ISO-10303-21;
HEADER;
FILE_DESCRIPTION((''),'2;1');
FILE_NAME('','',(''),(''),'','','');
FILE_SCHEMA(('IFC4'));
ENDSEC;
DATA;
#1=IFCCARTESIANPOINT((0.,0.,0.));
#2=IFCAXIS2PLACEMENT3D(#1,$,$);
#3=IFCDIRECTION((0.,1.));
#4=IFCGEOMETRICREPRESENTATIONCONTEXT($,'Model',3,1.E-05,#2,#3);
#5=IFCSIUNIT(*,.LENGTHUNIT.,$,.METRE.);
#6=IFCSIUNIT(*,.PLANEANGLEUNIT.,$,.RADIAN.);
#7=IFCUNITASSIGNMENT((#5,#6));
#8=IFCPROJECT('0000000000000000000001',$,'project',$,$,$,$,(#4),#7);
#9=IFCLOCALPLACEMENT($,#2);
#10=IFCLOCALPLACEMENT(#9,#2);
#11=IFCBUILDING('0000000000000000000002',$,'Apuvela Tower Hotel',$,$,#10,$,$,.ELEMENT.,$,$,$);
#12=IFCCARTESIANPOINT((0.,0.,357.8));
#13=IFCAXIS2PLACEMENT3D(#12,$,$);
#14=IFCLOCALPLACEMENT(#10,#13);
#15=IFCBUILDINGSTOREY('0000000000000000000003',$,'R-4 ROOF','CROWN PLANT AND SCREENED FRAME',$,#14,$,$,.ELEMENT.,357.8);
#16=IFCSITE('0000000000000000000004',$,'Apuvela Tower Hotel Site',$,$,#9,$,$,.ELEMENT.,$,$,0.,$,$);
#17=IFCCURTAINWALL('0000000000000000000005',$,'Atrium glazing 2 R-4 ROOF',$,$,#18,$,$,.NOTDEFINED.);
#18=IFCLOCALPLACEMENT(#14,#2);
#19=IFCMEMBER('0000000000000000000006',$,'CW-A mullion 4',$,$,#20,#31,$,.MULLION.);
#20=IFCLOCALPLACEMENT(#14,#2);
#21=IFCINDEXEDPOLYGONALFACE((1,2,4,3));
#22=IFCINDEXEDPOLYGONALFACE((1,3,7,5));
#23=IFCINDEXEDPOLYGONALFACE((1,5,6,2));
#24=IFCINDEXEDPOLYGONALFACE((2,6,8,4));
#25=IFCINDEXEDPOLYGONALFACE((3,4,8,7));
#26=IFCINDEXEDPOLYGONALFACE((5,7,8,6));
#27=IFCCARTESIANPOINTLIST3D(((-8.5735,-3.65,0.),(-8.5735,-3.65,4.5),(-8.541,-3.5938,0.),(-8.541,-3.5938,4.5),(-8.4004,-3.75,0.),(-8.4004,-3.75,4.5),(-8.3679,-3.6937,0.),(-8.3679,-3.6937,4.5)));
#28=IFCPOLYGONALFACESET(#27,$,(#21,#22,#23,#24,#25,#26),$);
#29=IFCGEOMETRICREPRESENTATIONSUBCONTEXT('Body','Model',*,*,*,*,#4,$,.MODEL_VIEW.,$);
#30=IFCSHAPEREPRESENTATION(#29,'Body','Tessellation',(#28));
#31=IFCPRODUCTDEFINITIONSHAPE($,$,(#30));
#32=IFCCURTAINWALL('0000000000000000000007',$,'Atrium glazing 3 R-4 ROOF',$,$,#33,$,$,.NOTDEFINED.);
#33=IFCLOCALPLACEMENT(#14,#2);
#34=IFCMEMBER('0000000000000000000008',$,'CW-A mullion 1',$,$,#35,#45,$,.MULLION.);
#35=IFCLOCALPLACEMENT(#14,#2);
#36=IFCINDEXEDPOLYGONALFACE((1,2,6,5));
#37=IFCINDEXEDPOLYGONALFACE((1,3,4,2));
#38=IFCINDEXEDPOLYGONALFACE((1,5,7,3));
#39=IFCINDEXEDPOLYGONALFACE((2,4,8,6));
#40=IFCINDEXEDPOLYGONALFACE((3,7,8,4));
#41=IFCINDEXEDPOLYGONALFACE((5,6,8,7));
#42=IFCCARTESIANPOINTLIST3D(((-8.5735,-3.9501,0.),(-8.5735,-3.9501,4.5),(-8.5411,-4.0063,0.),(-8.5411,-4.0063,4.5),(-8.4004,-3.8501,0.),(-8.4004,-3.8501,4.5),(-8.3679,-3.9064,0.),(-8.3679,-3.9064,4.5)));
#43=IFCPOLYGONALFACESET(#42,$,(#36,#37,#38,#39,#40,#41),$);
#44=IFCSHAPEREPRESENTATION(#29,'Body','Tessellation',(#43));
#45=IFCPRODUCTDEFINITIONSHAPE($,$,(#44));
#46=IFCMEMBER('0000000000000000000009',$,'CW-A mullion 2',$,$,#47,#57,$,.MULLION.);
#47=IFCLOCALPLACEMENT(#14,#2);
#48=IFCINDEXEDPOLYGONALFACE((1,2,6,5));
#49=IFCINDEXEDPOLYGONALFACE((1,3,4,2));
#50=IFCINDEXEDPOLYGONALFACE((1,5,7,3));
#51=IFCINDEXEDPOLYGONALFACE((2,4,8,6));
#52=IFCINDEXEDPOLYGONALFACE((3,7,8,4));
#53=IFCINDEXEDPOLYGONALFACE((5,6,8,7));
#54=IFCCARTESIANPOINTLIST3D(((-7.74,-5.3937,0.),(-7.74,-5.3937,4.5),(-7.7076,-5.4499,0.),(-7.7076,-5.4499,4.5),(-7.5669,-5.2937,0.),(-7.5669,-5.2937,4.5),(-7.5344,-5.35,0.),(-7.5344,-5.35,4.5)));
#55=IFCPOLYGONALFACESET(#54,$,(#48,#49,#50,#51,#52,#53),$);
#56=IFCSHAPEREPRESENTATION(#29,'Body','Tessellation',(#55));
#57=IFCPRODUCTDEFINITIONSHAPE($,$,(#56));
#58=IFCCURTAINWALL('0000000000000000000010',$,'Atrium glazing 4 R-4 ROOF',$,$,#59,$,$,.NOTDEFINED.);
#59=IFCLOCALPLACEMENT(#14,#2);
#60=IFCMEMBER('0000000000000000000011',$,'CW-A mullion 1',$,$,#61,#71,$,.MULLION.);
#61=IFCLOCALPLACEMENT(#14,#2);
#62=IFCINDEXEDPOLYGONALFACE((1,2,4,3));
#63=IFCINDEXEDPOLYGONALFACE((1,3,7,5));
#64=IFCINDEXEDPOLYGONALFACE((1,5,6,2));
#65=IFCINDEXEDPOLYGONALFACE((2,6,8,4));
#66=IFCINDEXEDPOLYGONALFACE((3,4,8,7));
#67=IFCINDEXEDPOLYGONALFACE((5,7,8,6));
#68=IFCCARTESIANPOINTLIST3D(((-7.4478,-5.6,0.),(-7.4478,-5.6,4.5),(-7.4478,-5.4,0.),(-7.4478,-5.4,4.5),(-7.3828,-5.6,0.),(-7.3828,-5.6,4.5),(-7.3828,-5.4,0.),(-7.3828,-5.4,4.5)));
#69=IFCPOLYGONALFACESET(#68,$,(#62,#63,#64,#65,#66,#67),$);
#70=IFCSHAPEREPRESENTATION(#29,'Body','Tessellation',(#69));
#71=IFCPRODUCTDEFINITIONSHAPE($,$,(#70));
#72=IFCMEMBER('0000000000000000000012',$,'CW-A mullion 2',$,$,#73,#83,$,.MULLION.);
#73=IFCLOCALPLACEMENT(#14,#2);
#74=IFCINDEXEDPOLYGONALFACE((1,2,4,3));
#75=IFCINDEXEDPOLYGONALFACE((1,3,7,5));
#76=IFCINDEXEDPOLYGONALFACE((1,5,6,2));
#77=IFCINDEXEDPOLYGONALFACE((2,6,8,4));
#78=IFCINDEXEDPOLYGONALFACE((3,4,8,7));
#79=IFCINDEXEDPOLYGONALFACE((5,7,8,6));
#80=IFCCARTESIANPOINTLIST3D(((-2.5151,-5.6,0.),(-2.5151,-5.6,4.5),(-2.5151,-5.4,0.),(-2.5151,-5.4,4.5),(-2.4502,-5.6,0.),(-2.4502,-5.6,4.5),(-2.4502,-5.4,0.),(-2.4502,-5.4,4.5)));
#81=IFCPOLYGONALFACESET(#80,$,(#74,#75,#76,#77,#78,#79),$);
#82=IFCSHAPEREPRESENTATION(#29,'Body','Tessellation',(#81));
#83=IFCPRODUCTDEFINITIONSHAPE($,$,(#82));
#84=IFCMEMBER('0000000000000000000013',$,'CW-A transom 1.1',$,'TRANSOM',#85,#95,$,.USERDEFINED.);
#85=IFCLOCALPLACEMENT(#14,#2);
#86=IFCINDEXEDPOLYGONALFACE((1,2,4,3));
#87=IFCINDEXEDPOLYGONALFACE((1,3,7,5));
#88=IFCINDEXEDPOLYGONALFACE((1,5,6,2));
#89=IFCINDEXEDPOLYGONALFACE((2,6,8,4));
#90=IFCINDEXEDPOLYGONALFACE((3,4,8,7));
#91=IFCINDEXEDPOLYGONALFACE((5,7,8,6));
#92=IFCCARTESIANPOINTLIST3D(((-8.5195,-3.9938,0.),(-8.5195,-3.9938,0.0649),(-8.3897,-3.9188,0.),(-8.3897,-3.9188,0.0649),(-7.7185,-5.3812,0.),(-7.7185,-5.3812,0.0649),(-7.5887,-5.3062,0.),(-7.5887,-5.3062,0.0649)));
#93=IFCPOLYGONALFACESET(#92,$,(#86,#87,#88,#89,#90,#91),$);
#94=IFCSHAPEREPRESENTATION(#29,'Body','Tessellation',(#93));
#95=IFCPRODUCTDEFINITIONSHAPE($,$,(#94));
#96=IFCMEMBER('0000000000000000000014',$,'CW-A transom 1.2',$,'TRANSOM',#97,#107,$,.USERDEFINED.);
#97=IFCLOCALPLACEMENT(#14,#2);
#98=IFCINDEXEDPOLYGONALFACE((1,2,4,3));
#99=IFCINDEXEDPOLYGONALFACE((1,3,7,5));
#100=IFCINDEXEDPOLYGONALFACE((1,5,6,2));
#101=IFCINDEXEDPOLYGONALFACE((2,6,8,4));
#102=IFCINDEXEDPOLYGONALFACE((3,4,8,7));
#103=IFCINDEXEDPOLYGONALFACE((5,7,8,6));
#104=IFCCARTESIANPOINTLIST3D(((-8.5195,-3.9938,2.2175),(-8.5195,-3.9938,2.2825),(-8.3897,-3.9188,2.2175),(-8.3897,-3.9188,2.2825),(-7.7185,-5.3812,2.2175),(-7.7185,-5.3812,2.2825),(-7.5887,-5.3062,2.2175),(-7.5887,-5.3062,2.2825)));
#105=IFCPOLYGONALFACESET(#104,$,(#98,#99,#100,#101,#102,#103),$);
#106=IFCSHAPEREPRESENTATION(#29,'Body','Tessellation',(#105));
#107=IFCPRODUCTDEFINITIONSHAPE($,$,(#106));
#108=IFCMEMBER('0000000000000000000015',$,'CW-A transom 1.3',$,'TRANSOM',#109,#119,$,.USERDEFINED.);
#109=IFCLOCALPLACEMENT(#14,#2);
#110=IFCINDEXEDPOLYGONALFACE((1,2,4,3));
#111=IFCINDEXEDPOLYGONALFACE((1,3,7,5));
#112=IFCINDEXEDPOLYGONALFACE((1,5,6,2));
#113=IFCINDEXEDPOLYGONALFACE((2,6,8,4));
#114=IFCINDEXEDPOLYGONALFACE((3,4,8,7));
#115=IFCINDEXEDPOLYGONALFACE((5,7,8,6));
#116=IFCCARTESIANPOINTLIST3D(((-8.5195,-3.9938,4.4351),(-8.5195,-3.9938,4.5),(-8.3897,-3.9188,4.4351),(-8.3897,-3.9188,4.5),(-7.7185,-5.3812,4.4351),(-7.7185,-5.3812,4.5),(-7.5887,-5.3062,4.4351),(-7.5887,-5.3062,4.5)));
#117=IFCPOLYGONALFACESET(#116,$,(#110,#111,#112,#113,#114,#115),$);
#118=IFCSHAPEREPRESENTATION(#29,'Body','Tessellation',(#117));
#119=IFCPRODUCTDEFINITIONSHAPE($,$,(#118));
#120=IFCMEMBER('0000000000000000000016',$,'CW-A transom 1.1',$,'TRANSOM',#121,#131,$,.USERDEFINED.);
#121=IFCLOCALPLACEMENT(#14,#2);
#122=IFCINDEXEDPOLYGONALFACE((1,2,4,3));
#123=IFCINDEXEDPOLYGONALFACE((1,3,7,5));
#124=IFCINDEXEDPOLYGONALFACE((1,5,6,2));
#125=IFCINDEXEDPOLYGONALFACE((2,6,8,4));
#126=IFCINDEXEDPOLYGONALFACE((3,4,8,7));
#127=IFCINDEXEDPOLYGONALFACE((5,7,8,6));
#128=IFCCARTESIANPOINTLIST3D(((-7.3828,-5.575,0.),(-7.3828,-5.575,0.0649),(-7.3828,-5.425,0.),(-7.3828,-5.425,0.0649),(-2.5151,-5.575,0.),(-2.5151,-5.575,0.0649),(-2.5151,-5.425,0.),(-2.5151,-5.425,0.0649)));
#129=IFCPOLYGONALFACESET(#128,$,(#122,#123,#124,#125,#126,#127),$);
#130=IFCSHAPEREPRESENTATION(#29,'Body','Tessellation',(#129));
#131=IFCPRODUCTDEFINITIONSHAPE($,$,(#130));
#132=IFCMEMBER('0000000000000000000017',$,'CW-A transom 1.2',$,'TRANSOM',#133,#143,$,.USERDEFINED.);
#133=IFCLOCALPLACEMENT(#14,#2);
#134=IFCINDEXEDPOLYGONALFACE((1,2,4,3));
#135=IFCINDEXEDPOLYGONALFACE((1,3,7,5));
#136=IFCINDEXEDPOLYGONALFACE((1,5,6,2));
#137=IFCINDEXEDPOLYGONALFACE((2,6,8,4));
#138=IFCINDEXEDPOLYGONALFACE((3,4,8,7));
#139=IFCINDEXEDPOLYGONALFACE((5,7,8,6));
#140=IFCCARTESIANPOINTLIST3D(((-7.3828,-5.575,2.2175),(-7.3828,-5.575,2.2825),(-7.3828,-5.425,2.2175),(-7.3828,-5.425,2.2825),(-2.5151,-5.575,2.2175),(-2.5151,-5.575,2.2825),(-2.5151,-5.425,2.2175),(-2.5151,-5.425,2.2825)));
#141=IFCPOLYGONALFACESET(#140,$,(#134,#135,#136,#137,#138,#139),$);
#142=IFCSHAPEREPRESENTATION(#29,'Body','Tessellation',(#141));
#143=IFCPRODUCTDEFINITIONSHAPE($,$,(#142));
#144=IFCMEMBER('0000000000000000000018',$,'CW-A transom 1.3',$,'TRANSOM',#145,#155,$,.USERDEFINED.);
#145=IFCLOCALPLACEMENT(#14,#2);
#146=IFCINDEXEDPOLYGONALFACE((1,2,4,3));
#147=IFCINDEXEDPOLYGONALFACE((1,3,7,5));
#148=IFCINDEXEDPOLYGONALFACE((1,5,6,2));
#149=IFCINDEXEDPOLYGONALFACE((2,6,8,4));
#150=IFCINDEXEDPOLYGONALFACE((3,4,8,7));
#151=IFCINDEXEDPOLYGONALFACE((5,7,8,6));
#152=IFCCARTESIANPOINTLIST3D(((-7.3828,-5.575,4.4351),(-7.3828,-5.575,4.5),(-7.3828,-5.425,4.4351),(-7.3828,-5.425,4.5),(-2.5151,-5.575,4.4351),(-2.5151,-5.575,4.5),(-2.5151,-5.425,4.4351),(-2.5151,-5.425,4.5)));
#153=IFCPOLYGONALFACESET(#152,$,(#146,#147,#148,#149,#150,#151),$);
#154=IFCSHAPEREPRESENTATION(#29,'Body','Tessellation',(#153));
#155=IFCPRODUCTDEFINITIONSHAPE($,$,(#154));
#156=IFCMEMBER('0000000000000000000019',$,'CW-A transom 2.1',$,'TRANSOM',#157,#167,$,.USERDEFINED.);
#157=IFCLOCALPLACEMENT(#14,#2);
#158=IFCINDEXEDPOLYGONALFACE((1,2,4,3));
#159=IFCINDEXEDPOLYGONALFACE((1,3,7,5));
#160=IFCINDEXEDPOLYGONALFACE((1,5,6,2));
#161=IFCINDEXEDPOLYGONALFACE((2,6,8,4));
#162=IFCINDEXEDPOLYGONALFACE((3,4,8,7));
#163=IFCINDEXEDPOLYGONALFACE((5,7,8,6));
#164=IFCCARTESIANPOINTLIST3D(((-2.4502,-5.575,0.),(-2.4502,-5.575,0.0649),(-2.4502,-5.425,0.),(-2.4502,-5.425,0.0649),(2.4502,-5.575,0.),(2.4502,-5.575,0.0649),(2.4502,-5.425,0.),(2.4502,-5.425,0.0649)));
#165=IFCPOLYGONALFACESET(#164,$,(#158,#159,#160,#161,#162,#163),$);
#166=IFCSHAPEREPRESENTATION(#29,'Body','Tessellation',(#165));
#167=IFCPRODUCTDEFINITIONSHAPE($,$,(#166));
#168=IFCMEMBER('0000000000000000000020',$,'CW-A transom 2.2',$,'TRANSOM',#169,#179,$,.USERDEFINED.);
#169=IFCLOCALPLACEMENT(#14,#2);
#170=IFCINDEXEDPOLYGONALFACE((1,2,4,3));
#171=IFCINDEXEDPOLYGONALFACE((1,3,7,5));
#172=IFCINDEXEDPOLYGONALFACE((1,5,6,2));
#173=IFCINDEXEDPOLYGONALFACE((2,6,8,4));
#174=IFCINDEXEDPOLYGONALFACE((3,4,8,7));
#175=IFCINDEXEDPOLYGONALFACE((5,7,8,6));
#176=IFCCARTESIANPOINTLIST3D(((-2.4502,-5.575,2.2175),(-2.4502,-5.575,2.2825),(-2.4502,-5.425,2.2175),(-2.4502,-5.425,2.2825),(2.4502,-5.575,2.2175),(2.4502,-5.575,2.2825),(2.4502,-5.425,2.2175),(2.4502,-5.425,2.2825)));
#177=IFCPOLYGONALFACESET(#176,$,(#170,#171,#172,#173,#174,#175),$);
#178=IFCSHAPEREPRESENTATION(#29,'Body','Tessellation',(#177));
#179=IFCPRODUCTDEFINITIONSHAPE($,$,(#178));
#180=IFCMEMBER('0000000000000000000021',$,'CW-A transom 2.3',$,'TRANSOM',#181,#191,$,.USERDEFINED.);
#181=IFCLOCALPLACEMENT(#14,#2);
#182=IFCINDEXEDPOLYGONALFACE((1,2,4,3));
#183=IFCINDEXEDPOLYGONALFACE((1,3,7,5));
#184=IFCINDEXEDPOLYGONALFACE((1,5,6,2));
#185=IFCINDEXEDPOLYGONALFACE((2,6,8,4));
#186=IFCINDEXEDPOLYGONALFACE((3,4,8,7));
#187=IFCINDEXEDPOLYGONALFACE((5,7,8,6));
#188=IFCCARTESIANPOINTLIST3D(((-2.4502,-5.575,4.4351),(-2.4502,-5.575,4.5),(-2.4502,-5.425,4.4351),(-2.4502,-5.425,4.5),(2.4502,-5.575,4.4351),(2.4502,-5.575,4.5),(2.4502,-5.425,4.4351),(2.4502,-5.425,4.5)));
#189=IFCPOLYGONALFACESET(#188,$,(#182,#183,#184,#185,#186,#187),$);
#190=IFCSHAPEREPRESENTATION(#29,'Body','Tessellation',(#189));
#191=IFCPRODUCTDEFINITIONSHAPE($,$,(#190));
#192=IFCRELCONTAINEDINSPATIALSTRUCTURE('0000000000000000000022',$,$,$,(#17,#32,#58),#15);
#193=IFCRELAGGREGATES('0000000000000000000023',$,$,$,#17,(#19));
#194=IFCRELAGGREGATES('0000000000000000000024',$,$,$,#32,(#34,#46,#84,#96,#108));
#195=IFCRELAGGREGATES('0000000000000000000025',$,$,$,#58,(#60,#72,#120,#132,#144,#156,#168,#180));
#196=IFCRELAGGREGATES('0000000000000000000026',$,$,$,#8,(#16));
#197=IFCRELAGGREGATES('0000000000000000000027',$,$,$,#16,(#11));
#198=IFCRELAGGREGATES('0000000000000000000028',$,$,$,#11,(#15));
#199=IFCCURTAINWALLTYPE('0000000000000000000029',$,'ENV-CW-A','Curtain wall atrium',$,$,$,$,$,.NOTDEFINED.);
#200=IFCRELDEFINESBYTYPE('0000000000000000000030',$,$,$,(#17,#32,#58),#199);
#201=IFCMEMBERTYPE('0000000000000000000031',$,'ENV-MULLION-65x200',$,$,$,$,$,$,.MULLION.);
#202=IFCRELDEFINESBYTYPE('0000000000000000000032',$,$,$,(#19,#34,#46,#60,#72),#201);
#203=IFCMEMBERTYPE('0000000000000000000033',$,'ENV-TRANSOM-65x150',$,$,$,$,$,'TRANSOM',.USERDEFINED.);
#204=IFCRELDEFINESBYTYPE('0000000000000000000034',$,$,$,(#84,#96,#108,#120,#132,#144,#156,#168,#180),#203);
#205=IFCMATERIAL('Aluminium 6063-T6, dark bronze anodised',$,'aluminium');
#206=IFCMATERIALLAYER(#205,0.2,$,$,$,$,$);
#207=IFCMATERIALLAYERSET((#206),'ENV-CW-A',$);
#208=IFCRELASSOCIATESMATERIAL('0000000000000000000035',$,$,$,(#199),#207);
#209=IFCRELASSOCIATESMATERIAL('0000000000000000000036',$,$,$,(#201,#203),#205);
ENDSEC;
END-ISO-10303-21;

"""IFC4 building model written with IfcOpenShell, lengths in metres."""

from ifc_helpers import new_model, si_unit, direction, frame, origin, origin_2d, place, context, subcontext, project, spatial, rectangle, extrude, material, layer, layer_set, material_profile, profile_set, type_object, element, aggregate, save


model = new_model("IFC4")

# Units and contexts
model_context = context("Model", 3, precision=1e-05, world=origin(), true_north=direction((0.0, 1.0)))
body_context = subcontext(model_context, "Body", "Model", "MODEL_VIEW")
ifc_project = project(units=[si_unit("LENGTHUNIT", "METRE"), si_unit("PLANEANGLEUNIT", "RADIAN")], contexts=[model_context])

# Site, building, storey
site_placement = place(None, origin())
site = spatial("IfcSite", under=ifc_project, at=site_placement, Name="Apuvela Tower Hotel Site", CompositionType="ELEMENT", RefElevation=0.0)
building_placement = place(site_placement, origin())
building = spatial("IfcBuilding", under=site, at=building_placement, Name="Apuvela Tower Hotel", CompositionType="ELEMENT")
storey_placement = place(building_placement, frame((0.0, 0.0, 357.8)))
storey = spatial("IfcBuildingStorey", under=building, at=storey_placement, Name="R-4 ROOF", Description="CROWN PLANT AND SCREENED FRAME", CompositionType="ELEMENT", Elevation=357.8)

# Curtain wall, member
ifc_material_1 = material(Name="Aluminium 6063-T6, dark bronze anodised", Category="aluminium")
ifc_layer_1 = layer(ifc_material_1, 0.2)
ifc_layer_set_1 = layer_set([ifc_layer_1], Name="ENV-CW-A")
curtain_wall_type = type_object("IfcCurtainWallType", Name="ENV-CW-A", Description="Curtain wall atrium", PredefinedType="NOTDEFINED", material=ifc_layer_set_1)
curtain_wall_1_placement = place(storey_placement, origin())
curtain_wall_1 = element("IfcCurtainWall", 1, at=curtain_wall_1_placement, inside=storey, type_object=curtain_wall_type, Name="Atrium glazing 2 R-4 ROOF", PredefinedType="NOTDEFINED")
ifc_material_profile_1 = material_profile(ifc_material_1, rectangle(XDim=0.2, YDim=0.0649, at=origin_2d()), Name="AL 65x200")
ifc_profile_set_1 = profile_set([ifc_material_profile_1], Name="Aluminium 6063-T6, dark bronze anodised")
member_type_1 = type_object("IfcMemberType", Name="ENV-MULLION-65x200", PredefinedType="MULLION", material=ifc_profile_set_1)
member_1_placement = place(storey_placement, frame((-8.4707, -3.6719, 0.0), z_axis=(0.0, 0.0, 1.0), x_axis=(0.866026, -0.499999, 0.0)))
member_1 = element("IfcMember", 2, at=member_1_placement, type_object=member_type_1, Name="CW-A mullion 4", PredefinedType="MULLION", context=body_context, shape_type="SweptSolid", body=[
    extrude(rectangle(XDim=0.2, YDim=0.0649, at=origin_2d()), origin(), (0.0, 0.0, 1.0), 4.5),
])

# Curtain walls, members
curtain_wall_2_placement = place(storey_placement, origin())
curtain_wall_2 = element("IfcCurtainWall", 3, at=curtain_wall_2_placement, inside=storey, type_object=curtain_wall_type, Name="Atrium glazing 3 R-4 ROOF", PredefinedType="NOTDEFINED")
member_2_placement = place(storey_placement, frame((-8.4707, -3.9282, 0.0), z_axis=(0.0, 0.0, 1.0), x_axis=(0.866032, 0.499989, 0.0)))
member_2 = element("IfcMember", 4, at=member_2_placement, type_object=member_type_1, Name="CW-A mullion 1", PredefinedType="MULLION", context=body_context, shape_type="SweptSolid", body=[
    extrude(rectangle(XDim=0.2, YDim=0.0649, at=origin_2d()), origin(), (0.0, 0.0, 1.0), 4.5),
])
member_3_placement = place(storey_placement, frame((-7.6372, -5.3718, 0.0), z_axis=(0.0, 0.0, 1.0), x_axis=(0.866032, 0.499989, 0.0)))
member_3 = element("IfcMember", 5, at=member_3_placement, type_object=member_type_1, Name="CW-A mullion 2", PredefinedType="MULLION", context=body_context, shape_type="SweptSolid", body=[
    extrude(rectangle(XDim=0.2, YDim=0.0649, at=origin_2d()), origin(), (0.0, 0.0, 1.0), 4.5),
])
curtain_wall_3_placement = place(storey_placement, origin())
curtain_wall_3 = element("IfcCurtainWall", 6, at=curtain_wall_3_placement, inside=storey, type_object=curtain_wall_type, Name="Atrium glazing 4 R-4 ROOF", PredefinedType="NOTDEFINED")
member_4_placement = place(storey_placement, frame((-7.4153, -5.5, 0.0), z_axis=(0.0, 0.0, 1.0), x_axis=(0.0, 1.0, 0.0)))
member_4 = element("IfcMember", 7, at=member_4_placement, type_object=member_type_1, Name="CW-A mullion 1", PredefinedType="MULLION", context=body_context, shape_type="SweptSolid", body=[
    extrude(rectangle(XDim=0.2, YDim=0.0649, at=origin_2d()), origin(), (0.0, 0.0, 1.0), 4.5),
])
member_5_placement = place(storey_placement, frame((-2.4827, -5.5, 0.0), z_axis=(0.0, 0.0, 1.0), x_axis=(0.0, 1.0, 0.0)))
member_5 = element("IfcMember", 8, at=member_5_placement, type_object=member_type_1, Name="CW-A mullion 2", PredefinedType="MULLION", context=body_context, shape_type="SweptSolid", body=[
    extrude(rectangle(XDim=0.2, YDim=0.0649, at=origin_2d()), origin(), (0.0, 0.0, 1.0), 4.5),
])

# Members
ifc_material_profile_2 = material_profile(ifc_material_1, rectangle(XDim=0.1499, YDim=0.0649, at=origin_2d()), Name="AL 65x150 transom")
ifc_profile_set_2 = profile_set([ifc_material_profile_2], Name="Aluminium 6063-T6, dark bronze anodised")
member_type_2 = type_object("IfcMemberType", Name="ENV-TRANSOM-65x150", ElementType="TRANSOM", PredefinedType="USERDEFINED", material=ifc_profile_set_2)
member_6_placement = place(storey_placement, frame((-8.4546, -3.9563, 0.0325), z_axis=(0.499991, -0.866031, 0.0), x_axis=(0.866031, 0.499991, 0.0)))
member_6 = element("IfcMember", 9, at=member_6_placement, type_object=member_type_2, Name="CW-A transom 1.1", ObjectType="TRANSOM", PredefinedType="USERDEFINED", context=body_context, shape_type="SweptSolid", body=[
    extrude(rectangle(XDim=0.1499, YDim=0.0649, at=origin_2d()), origin(), (0.0, 0.0, 1.0), 1.6021),
])
member_7_placement = place(storey_placement, frame((-8.4546, -3.9563, 2.25), z_axis=(0.499991, -0.866031, 0.0), x_axis=(0.866031, 0.499991, 0.0)))
member_7 = element("IfcMember", 10, at=member_7_placement, type_object=member_type_2, Name="CW-A transom 1.2", ObjectType="TRANSOM", PredefinedType="USERDEFINED", context=body_context, shape_type="SweptSolid", body=[
    extrude(rectangle(XDim=0.1499, YDim=0.0649, at=origin_2d()), origin(), (0.0, 0.0, 1.0), 1.6021),
])
member_8_placement = place(storey_placement, frame((-8.4546, -3.9563, 4.4675), z_axis=(0.499991, -0.866031, 0.0), x_axis=(0.866031, 0.499991, 0.0)))
member_8 = element("IfcMember", 11, at=member_8_placement, type_object=member_type_2, Name="CW-A transom 1.3", ObjectType="TRANSOM", PredefinedType="USERDEFINED", context=body_context, shape_type="SweptSolid", body=[
    extrude(rectangle(XDim=0.1499, YDim=0.0649, at=origin_2d()), origin(), (0.0, 0.0, 1.0), 1.6021),
])
member_9_placement = place(storey_placement, frame((-7.3828, -5.5, 0.0325), z_axis=(1.0, 0.0, 0.0), x_axis=(0.0, 1.0, 0.0)))
member_9 = element("IfcMember", 12, at=member_9_placement, type_object=member_type_2, Name="CW-A transom 1.1", ObjectType="TRANSOM", PredefinedType="USERDEFINED", context=body_context, shape_type="SweptSolid", body=[
    extrude(rectangle(XDim=0.1499, YDim=0.0649, at=origin_2d()), origin(), (0.0, 0.0, 1.0), 4.8677),
])
member_10_placement = place(storey_placement, frame((-7.3828, -5.5, 2.25), z_axis=(1.0, 0.0, 0.0), x_axis=(0.0, 1.0, 0.0)))
member_10 = element("IfcMember", 13, at=member_10_placement, type_object=member_type_2, Name="CW-A transom 1.2", ObjectType="TRANSOM", PredefinedType="USERDEFINED", context=body_context, shape_type="SweptSolid", body=[
    extrude(rectangle(XDim=0.1499, YDim=0.0649, at=origin_2d()), origin(), (0.0, 0.0, 1.0), 4.8677),
])
member_11_placement = place(storey_placement, frame((-7.3828, -5.5, 4.4675), z_axis=(1.0, 0.0, 0.0), x_axis=(0.0, 1.0, 0.0)))
member_11 = element("IfcMember", 14, at=member_11_placement, type_object=member_type_2, Name="CW-A transom 1.3", ObjectType="TRANSOM", PredefinedType="USERDEFINED", context=body_context, shape_type="SweptSolid", body=[
    extrude(rectangle(XDim=0.1499, YDim=0.0649, at=origin_2d()), origin(), (0.0, 0.0, 1.0), 4.8677),
])
member_12_placement = place(storey_placement, frame((-2.4502, -5.5, 0.0325), z_axis=(1.0, 0.0, 0.0), x_axis=(0.0, 1.0, 0.0)))
member_12 = element("IfcMember", 15, at=member_12_placement, type_object=member_type_2, Name="CW-A transom 2.1", ObjectType="TRANSOM", PredefinedType="USERDEFINED", context=body_context, shape_type="SweptSolid", body=[
    extrude(rectangle(XDim=0.1499, YDim=0.0649, at=origin_2d()), origin(), (0.0, 0.0, 1.0), 4.9004),
])
member_13_placement = place(storey_placement, frame((-2.4502, -5.5, 2.25), z_axis=(1.0, 0.0, 0.0), x_axis=(0.0, 1.0, 0.0)))
member_13 = element("IfcMember", 16, at=member_13_placement, type_object=member_type_2, Name="CW-A transom 2.2", ObjectType="TRANSOM", PredefinedType="USERDEFINED", context=body_context, shape_type="SweptSolid", body=[
    extrude(rectangle(XDim=0.1499, YDim=0.0649, at=origin_2d()), origin(), (0.0, 0.0, 1.0), 4.9004),
])
member_14_placement = place(storey_placement, frame((-2.4502, -5.5, 4.4675), z_axis=(1.0, 0.0, 0.0), x_axis=(0.0, 1.0, 0.0)))
member_14 = element("IfcMember", 17, at=member_14_placement, type_object=member_type_2, Name="CW-A transom 2.3", ObjectType="TRANSOM", PredefinedType="USERDEFINED", context=body_context, shape_type="SweptSolid", body=[
    extrude(rectangle(XDim=0.1499, YDim=0.0649, at=origin_2d()), origin(), (0.0, 0.0, 1.0), 4.9004),
])

aggregate(curtain_wall_1, [member_1])
aggregate(curtain_wall_2, [member_2, member_3, member_6, member_7, member_8])
aggregate(curtain_wall_3, [member_4, member_5, member_9, member_10, member_11, member_12, member_13, member_14])

save(model, "model.ifc")
